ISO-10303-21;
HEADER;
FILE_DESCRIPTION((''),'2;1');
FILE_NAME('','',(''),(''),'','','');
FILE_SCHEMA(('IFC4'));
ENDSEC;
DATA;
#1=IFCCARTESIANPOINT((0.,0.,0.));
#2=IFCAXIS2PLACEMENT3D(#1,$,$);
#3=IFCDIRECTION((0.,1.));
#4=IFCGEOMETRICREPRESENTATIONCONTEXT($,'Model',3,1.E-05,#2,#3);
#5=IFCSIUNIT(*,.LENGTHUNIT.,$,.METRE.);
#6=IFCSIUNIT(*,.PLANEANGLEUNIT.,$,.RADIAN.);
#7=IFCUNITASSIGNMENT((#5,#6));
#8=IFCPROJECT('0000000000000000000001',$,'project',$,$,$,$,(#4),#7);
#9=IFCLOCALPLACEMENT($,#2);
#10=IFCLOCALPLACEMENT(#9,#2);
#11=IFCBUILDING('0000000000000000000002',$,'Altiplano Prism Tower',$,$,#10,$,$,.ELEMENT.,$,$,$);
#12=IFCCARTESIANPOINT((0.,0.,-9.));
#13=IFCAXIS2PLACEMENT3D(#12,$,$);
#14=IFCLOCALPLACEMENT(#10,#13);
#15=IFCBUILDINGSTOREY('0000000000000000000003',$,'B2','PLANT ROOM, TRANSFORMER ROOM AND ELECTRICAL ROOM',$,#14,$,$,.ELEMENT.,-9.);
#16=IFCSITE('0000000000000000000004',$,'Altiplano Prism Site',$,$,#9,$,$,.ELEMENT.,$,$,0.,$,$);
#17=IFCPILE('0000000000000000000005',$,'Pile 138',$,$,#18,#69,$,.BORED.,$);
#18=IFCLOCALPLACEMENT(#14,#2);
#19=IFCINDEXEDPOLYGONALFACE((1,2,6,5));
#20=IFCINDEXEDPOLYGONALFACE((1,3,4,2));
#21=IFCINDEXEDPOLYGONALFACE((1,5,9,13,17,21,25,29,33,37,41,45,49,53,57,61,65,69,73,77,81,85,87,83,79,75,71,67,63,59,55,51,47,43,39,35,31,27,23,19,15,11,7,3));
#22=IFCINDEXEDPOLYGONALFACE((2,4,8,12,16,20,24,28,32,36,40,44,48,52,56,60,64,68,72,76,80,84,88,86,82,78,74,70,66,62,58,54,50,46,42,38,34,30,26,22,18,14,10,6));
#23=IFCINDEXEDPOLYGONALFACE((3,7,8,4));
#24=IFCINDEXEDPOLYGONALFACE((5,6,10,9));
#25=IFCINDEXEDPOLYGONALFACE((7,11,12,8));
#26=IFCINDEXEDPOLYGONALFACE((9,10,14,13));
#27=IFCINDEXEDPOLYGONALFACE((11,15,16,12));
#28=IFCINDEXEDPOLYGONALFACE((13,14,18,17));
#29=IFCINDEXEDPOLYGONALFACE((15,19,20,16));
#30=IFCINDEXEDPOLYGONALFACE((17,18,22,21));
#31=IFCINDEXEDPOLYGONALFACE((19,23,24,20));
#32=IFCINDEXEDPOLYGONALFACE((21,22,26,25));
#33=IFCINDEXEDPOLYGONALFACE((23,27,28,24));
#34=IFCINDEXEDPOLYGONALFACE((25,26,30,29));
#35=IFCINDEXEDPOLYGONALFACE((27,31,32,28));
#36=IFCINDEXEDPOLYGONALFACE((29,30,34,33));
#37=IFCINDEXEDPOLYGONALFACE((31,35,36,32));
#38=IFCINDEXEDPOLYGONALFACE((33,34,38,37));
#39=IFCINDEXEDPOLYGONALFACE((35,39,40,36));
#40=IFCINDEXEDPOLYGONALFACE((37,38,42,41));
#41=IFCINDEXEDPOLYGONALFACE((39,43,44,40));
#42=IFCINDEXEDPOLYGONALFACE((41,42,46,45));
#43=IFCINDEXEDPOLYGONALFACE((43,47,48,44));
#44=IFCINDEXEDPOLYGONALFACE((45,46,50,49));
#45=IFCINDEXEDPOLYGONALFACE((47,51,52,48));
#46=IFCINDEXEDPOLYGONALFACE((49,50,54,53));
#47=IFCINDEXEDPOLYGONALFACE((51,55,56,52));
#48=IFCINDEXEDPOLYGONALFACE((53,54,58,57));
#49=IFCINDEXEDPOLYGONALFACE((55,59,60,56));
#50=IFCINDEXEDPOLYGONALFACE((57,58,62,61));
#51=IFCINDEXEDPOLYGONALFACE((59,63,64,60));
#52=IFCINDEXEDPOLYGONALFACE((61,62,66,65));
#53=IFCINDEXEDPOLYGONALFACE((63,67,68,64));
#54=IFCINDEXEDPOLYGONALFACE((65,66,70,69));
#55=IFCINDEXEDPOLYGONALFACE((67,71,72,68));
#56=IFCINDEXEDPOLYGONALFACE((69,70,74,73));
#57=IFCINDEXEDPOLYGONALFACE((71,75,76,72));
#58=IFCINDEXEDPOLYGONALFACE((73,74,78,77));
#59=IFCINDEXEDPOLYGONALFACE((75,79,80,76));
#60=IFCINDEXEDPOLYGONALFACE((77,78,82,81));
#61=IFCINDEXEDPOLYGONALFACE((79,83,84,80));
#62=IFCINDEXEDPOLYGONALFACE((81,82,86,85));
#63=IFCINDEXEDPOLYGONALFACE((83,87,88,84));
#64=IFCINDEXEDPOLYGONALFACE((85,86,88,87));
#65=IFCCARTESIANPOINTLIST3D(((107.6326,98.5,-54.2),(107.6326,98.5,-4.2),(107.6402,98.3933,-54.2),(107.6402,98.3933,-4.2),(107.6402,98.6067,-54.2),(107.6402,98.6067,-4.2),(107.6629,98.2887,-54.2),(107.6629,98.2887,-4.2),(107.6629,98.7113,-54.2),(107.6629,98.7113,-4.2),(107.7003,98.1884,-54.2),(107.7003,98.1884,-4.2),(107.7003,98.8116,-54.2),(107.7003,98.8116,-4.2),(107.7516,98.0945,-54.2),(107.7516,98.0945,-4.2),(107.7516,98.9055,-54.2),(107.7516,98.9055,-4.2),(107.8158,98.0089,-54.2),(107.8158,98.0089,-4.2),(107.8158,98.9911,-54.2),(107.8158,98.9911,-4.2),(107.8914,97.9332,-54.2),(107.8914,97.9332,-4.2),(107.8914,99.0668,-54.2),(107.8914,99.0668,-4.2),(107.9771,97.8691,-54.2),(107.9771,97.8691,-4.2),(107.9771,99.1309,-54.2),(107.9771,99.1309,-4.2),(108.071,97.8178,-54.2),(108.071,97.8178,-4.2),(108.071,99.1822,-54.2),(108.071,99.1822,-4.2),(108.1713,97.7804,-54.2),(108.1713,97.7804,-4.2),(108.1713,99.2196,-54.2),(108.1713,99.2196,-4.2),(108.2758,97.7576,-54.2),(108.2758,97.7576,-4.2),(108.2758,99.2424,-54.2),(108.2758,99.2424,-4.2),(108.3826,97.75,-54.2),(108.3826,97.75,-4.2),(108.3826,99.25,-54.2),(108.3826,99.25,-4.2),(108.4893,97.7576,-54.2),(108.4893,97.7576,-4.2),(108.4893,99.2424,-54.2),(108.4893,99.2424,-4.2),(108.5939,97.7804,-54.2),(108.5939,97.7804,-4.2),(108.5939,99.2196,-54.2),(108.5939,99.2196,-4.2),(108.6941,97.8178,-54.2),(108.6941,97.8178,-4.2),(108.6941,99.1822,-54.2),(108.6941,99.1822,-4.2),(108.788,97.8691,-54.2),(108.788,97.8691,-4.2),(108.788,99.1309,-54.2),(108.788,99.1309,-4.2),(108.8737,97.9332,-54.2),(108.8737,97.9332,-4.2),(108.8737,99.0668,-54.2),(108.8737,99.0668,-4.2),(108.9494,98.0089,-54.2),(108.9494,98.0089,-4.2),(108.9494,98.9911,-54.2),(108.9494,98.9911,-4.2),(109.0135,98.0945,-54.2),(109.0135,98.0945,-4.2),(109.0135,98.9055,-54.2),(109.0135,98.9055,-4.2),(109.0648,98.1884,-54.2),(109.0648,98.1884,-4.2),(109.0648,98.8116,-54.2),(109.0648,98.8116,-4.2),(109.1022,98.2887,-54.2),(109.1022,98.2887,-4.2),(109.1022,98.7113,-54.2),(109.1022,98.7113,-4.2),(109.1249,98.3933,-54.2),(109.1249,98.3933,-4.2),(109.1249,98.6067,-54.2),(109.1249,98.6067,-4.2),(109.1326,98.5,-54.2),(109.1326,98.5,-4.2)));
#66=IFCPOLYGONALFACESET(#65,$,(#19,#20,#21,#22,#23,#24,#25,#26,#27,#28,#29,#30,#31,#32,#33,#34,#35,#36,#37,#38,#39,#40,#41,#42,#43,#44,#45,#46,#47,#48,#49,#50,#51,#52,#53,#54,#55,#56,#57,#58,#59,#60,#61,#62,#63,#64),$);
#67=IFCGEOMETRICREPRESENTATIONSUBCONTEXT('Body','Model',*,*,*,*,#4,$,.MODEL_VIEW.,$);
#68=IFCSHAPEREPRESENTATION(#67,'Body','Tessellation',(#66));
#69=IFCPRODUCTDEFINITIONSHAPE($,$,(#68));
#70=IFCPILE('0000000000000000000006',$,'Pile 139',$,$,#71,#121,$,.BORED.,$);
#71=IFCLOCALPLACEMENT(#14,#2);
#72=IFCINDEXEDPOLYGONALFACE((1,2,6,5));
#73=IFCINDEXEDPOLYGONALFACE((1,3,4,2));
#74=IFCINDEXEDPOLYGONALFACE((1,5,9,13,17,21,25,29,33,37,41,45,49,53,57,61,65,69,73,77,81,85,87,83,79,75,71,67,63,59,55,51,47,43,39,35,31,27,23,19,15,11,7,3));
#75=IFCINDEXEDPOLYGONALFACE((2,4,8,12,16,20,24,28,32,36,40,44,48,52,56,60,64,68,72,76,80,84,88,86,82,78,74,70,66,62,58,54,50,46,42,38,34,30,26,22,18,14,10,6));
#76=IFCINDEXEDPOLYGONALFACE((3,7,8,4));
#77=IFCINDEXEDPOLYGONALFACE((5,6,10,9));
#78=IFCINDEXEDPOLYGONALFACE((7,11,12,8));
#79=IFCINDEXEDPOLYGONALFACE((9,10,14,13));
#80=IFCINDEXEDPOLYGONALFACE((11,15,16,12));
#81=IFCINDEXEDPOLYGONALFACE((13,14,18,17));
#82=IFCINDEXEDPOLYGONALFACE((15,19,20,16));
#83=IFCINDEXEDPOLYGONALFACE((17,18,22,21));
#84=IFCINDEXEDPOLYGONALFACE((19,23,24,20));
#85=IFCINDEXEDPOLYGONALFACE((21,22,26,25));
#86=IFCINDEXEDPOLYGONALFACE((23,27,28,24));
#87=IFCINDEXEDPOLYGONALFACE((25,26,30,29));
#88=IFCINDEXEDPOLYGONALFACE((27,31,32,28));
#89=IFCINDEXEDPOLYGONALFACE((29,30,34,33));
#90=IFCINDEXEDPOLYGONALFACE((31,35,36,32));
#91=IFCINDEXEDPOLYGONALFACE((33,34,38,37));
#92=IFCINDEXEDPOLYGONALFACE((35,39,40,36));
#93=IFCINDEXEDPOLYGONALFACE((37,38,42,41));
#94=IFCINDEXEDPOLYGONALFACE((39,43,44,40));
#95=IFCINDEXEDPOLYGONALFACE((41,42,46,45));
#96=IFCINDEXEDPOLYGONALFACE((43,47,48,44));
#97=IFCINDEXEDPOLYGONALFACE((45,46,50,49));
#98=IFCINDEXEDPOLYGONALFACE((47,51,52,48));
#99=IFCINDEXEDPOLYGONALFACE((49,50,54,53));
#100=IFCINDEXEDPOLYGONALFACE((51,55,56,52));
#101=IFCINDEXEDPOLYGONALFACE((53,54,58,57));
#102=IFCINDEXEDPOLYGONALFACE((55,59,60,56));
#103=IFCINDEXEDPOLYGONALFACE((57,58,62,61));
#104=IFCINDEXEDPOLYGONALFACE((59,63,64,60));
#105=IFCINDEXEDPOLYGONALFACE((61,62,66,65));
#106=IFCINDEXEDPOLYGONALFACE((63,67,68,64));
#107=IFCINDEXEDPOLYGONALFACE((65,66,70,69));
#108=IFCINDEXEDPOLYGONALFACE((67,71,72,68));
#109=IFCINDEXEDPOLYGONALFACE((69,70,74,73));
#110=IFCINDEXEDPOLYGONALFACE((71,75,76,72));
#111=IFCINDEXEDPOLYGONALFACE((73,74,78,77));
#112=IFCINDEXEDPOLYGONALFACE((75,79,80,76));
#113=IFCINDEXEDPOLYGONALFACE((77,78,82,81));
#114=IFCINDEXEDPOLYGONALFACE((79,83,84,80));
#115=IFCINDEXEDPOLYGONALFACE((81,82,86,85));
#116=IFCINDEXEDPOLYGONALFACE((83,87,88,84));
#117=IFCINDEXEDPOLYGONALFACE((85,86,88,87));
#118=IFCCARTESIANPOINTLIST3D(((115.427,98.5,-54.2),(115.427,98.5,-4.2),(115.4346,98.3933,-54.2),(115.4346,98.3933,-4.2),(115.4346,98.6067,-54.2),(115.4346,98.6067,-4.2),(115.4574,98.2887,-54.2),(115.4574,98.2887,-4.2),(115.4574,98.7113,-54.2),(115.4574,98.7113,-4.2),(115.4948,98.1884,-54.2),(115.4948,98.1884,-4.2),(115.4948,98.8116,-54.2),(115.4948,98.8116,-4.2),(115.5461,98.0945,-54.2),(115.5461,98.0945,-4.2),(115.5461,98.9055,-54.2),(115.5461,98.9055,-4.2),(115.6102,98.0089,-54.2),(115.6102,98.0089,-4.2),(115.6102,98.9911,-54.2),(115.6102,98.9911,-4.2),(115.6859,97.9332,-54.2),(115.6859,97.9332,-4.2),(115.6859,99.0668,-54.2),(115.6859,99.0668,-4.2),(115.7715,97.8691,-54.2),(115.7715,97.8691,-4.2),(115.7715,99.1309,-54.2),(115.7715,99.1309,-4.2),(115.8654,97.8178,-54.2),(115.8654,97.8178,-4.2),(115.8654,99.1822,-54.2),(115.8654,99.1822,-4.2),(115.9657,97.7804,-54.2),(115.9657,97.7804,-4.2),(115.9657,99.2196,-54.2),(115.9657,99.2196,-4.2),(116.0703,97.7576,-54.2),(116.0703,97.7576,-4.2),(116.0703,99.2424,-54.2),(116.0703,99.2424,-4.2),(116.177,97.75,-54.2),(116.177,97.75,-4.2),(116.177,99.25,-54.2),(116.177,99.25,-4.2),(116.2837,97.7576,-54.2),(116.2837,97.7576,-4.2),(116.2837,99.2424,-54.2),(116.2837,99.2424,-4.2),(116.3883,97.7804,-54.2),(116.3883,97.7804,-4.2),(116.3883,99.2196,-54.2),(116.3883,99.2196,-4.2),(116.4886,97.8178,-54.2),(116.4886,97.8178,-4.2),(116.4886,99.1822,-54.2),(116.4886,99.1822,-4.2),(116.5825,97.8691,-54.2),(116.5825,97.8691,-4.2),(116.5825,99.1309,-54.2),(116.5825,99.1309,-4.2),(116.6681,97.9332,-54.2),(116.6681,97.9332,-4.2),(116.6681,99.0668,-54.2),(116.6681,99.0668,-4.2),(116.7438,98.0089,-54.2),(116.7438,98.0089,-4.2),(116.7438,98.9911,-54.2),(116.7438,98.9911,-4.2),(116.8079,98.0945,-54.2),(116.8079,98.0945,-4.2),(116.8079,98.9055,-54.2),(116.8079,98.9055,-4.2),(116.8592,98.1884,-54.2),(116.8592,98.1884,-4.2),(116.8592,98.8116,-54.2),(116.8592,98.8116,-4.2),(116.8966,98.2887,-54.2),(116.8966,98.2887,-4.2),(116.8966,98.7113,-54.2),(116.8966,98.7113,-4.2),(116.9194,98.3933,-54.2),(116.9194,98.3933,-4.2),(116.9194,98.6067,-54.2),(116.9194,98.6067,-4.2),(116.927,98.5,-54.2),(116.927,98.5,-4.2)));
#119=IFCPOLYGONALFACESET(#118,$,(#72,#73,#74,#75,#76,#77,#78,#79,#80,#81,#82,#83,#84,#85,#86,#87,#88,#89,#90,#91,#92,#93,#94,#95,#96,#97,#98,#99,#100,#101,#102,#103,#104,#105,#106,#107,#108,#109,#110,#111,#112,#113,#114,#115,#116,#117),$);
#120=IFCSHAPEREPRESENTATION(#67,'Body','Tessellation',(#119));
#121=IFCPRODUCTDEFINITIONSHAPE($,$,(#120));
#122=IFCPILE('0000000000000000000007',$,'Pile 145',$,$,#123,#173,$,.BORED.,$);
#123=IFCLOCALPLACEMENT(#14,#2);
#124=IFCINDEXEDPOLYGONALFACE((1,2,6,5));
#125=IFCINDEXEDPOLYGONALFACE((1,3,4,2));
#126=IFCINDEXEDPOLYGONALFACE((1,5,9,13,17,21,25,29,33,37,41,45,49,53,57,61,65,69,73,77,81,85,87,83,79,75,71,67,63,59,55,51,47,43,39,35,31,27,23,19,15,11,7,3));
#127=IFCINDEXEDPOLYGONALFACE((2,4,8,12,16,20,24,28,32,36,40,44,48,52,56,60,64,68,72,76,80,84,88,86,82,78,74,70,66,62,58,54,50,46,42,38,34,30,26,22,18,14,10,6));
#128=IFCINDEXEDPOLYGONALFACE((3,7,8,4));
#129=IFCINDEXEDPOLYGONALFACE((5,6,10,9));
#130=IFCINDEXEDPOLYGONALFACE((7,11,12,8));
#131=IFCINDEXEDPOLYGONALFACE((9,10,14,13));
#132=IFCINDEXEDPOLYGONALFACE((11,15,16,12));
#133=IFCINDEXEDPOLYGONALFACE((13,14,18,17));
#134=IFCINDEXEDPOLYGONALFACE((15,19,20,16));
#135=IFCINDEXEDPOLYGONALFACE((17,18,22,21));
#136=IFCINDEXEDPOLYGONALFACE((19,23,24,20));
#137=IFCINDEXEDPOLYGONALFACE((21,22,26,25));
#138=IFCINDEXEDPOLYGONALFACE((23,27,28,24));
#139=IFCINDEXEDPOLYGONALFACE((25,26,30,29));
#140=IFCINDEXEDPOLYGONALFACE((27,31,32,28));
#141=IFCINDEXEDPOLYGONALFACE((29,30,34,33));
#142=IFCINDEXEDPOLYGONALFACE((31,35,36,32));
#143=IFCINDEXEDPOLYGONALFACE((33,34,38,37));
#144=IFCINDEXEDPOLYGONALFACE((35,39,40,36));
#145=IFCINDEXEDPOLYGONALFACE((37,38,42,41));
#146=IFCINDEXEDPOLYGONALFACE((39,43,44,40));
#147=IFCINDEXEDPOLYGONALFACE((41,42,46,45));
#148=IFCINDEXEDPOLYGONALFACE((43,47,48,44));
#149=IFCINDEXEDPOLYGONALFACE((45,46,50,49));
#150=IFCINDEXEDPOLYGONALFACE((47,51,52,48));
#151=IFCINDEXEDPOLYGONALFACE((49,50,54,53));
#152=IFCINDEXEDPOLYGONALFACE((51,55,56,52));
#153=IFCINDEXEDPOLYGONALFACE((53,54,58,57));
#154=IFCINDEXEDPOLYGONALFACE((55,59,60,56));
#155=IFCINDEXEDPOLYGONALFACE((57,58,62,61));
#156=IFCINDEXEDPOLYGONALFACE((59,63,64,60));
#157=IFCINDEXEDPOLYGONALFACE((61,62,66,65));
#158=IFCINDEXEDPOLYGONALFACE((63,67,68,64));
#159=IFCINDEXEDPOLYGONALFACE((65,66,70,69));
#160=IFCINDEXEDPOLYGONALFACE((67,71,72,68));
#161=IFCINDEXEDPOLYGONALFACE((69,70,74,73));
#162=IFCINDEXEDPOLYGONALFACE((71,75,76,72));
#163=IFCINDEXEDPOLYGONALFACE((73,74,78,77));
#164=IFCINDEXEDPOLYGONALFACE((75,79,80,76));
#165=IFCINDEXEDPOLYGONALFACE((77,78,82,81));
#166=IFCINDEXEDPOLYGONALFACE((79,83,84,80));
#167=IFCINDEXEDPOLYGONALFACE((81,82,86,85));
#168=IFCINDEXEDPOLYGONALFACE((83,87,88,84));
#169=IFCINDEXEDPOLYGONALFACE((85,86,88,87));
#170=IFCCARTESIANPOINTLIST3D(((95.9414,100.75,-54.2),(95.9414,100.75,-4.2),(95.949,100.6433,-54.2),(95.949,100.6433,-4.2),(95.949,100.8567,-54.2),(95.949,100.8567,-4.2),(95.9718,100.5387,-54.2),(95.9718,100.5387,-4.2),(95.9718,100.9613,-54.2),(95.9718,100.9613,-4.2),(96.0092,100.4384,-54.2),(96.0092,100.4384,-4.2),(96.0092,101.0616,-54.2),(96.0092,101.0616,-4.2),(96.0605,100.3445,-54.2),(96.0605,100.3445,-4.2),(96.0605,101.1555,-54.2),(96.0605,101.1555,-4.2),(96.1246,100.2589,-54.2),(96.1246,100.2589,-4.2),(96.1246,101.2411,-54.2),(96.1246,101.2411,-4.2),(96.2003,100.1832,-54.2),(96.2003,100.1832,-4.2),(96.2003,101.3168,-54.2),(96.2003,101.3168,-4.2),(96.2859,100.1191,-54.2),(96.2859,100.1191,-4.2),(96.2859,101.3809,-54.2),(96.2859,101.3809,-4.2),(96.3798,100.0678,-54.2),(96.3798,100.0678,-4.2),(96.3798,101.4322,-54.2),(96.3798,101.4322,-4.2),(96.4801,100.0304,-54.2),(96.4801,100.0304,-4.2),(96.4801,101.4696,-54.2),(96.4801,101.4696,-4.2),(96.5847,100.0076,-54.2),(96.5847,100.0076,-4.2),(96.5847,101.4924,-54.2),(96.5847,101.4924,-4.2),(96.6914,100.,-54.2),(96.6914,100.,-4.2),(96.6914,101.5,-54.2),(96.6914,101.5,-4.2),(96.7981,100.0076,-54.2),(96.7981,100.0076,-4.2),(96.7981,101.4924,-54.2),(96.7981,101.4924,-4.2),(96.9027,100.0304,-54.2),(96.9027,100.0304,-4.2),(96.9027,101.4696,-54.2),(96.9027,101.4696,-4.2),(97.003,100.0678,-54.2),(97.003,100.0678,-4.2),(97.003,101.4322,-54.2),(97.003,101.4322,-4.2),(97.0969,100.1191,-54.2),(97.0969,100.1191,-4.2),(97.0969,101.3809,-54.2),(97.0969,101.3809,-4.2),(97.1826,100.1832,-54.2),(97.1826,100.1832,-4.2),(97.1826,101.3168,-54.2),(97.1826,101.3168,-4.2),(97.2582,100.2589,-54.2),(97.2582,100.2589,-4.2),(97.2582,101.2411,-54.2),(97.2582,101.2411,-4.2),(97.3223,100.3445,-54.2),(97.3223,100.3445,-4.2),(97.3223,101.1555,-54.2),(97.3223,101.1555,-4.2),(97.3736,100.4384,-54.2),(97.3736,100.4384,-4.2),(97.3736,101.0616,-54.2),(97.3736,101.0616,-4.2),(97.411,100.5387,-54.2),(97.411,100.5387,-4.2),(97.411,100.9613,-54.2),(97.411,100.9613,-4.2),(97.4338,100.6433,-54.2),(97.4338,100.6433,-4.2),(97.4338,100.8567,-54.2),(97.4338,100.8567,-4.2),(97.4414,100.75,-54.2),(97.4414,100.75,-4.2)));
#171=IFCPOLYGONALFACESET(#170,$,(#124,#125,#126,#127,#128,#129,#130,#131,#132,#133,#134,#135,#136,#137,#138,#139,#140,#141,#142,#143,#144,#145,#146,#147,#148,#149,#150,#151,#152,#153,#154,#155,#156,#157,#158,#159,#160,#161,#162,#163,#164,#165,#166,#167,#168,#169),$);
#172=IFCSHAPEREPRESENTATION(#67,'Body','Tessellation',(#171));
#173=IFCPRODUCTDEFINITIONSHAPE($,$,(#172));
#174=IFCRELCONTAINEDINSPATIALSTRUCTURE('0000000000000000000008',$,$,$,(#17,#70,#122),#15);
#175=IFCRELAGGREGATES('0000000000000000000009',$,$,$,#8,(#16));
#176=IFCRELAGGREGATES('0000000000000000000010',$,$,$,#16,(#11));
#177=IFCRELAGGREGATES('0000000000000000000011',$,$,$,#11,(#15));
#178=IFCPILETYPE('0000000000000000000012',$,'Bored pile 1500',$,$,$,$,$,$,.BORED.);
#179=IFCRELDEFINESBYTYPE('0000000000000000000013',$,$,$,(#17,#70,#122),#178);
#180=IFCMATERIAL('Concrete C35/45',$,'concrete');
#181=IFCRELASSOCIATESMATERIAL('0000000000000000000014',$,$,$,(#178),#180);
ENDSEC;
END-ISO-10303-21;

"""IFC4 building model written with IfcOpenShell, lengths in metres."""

from ifc_helpers import new_model, si_unit, direction, frame, origin, origin_2d, place, context, subcontext, project, spatial, circle, extrude, material, material_profile, profile_set, type_object, element, save


model = new_model("IFC4")

# Units and contexts
model_context = context("Model", 3, precision=1e-05, world=origin(), true_north=direction((0.0, 1.0)))
body_context = subcontext(model_context, "Body", "Model", "MODEL_VIEW")
ifc_project = project(units=[si_unit("LENGTHUNIT", "METRE"), si_unit("PLANEANGLEUNIT", "RADIAN")], contexts=[model_context])

# Site, building, storey
site_placement = place(None, origin())
site = spatial("IfcSite", under=ifc_project, at=site_placement, Name="Altiplano Prism Site", CompositionType="ELEMENT", RefElevation=0.0)
building_placement = place(site_placement, origin())
building = spatial("IfcBuilding", under=site, at=building_placement, Name="Altiplano Prism Tower", CompositionType="ELEMENT")
storey_placement = place(building_placement, frame((0.0, 0.0, -9.0)))
storey = spatial("IfcBuildingStorey", under=building, at=storey_placement, Name="B2", Description="PLANT ROOM, TRANSFORMER ROOM AND ELECTRICAL ROOM", CompositionType="ELEMENT", Elevation=-9.0)

# Piles
ifc_material_1 = material(Name="Concrete C35/45", Category="concrete")
ifc_material_profile_1 = material_profile(ifc_material_1, circle(Radius=0.75, at=origin_2d()), Name="Bored pile 1500")
ifc_profile_set_1 = profile_set([ifc_material_profile_1], Name="Concrete C35/45")
pile_type = type_object("IfcPileType", Name="Bored pile 1500", PredefinedType="BORED", material=ifc_profile_set_1)
for number, where, z_axis, x_axis, name in (
    (1, (108.3826, 98.5, -4.2), (0.0, 0.0, -1.0), (1.0, 0.0, 0.0), "Pile 138"),
    (2, (116.177, 98.5, -4.2), (0.0, 0.0, -1.0), (1.0, 0.0, 0.0), "Pile 139"),
    (3, (96.6914, 100.75, -4.2), (0.0, 0.0, -1.0), (1.0, 0.0, 0.0), "Pile 145"),
):
    element("IfcPile", number, at=place(storey_placement, frame(where, z_axis=z_axis, x_axis=x_axis)), inside=storey, type_object=pile_type, Name=name, PredefinedType="BORED", context=body_context, shape_type="SweptSolid", body=[
        extrude(circle(Radius=0.75, at=origin_2d()), origin(), (0.0, 0.0, 1.0), 50.0),
    ])

save(model, "model.ifc")
